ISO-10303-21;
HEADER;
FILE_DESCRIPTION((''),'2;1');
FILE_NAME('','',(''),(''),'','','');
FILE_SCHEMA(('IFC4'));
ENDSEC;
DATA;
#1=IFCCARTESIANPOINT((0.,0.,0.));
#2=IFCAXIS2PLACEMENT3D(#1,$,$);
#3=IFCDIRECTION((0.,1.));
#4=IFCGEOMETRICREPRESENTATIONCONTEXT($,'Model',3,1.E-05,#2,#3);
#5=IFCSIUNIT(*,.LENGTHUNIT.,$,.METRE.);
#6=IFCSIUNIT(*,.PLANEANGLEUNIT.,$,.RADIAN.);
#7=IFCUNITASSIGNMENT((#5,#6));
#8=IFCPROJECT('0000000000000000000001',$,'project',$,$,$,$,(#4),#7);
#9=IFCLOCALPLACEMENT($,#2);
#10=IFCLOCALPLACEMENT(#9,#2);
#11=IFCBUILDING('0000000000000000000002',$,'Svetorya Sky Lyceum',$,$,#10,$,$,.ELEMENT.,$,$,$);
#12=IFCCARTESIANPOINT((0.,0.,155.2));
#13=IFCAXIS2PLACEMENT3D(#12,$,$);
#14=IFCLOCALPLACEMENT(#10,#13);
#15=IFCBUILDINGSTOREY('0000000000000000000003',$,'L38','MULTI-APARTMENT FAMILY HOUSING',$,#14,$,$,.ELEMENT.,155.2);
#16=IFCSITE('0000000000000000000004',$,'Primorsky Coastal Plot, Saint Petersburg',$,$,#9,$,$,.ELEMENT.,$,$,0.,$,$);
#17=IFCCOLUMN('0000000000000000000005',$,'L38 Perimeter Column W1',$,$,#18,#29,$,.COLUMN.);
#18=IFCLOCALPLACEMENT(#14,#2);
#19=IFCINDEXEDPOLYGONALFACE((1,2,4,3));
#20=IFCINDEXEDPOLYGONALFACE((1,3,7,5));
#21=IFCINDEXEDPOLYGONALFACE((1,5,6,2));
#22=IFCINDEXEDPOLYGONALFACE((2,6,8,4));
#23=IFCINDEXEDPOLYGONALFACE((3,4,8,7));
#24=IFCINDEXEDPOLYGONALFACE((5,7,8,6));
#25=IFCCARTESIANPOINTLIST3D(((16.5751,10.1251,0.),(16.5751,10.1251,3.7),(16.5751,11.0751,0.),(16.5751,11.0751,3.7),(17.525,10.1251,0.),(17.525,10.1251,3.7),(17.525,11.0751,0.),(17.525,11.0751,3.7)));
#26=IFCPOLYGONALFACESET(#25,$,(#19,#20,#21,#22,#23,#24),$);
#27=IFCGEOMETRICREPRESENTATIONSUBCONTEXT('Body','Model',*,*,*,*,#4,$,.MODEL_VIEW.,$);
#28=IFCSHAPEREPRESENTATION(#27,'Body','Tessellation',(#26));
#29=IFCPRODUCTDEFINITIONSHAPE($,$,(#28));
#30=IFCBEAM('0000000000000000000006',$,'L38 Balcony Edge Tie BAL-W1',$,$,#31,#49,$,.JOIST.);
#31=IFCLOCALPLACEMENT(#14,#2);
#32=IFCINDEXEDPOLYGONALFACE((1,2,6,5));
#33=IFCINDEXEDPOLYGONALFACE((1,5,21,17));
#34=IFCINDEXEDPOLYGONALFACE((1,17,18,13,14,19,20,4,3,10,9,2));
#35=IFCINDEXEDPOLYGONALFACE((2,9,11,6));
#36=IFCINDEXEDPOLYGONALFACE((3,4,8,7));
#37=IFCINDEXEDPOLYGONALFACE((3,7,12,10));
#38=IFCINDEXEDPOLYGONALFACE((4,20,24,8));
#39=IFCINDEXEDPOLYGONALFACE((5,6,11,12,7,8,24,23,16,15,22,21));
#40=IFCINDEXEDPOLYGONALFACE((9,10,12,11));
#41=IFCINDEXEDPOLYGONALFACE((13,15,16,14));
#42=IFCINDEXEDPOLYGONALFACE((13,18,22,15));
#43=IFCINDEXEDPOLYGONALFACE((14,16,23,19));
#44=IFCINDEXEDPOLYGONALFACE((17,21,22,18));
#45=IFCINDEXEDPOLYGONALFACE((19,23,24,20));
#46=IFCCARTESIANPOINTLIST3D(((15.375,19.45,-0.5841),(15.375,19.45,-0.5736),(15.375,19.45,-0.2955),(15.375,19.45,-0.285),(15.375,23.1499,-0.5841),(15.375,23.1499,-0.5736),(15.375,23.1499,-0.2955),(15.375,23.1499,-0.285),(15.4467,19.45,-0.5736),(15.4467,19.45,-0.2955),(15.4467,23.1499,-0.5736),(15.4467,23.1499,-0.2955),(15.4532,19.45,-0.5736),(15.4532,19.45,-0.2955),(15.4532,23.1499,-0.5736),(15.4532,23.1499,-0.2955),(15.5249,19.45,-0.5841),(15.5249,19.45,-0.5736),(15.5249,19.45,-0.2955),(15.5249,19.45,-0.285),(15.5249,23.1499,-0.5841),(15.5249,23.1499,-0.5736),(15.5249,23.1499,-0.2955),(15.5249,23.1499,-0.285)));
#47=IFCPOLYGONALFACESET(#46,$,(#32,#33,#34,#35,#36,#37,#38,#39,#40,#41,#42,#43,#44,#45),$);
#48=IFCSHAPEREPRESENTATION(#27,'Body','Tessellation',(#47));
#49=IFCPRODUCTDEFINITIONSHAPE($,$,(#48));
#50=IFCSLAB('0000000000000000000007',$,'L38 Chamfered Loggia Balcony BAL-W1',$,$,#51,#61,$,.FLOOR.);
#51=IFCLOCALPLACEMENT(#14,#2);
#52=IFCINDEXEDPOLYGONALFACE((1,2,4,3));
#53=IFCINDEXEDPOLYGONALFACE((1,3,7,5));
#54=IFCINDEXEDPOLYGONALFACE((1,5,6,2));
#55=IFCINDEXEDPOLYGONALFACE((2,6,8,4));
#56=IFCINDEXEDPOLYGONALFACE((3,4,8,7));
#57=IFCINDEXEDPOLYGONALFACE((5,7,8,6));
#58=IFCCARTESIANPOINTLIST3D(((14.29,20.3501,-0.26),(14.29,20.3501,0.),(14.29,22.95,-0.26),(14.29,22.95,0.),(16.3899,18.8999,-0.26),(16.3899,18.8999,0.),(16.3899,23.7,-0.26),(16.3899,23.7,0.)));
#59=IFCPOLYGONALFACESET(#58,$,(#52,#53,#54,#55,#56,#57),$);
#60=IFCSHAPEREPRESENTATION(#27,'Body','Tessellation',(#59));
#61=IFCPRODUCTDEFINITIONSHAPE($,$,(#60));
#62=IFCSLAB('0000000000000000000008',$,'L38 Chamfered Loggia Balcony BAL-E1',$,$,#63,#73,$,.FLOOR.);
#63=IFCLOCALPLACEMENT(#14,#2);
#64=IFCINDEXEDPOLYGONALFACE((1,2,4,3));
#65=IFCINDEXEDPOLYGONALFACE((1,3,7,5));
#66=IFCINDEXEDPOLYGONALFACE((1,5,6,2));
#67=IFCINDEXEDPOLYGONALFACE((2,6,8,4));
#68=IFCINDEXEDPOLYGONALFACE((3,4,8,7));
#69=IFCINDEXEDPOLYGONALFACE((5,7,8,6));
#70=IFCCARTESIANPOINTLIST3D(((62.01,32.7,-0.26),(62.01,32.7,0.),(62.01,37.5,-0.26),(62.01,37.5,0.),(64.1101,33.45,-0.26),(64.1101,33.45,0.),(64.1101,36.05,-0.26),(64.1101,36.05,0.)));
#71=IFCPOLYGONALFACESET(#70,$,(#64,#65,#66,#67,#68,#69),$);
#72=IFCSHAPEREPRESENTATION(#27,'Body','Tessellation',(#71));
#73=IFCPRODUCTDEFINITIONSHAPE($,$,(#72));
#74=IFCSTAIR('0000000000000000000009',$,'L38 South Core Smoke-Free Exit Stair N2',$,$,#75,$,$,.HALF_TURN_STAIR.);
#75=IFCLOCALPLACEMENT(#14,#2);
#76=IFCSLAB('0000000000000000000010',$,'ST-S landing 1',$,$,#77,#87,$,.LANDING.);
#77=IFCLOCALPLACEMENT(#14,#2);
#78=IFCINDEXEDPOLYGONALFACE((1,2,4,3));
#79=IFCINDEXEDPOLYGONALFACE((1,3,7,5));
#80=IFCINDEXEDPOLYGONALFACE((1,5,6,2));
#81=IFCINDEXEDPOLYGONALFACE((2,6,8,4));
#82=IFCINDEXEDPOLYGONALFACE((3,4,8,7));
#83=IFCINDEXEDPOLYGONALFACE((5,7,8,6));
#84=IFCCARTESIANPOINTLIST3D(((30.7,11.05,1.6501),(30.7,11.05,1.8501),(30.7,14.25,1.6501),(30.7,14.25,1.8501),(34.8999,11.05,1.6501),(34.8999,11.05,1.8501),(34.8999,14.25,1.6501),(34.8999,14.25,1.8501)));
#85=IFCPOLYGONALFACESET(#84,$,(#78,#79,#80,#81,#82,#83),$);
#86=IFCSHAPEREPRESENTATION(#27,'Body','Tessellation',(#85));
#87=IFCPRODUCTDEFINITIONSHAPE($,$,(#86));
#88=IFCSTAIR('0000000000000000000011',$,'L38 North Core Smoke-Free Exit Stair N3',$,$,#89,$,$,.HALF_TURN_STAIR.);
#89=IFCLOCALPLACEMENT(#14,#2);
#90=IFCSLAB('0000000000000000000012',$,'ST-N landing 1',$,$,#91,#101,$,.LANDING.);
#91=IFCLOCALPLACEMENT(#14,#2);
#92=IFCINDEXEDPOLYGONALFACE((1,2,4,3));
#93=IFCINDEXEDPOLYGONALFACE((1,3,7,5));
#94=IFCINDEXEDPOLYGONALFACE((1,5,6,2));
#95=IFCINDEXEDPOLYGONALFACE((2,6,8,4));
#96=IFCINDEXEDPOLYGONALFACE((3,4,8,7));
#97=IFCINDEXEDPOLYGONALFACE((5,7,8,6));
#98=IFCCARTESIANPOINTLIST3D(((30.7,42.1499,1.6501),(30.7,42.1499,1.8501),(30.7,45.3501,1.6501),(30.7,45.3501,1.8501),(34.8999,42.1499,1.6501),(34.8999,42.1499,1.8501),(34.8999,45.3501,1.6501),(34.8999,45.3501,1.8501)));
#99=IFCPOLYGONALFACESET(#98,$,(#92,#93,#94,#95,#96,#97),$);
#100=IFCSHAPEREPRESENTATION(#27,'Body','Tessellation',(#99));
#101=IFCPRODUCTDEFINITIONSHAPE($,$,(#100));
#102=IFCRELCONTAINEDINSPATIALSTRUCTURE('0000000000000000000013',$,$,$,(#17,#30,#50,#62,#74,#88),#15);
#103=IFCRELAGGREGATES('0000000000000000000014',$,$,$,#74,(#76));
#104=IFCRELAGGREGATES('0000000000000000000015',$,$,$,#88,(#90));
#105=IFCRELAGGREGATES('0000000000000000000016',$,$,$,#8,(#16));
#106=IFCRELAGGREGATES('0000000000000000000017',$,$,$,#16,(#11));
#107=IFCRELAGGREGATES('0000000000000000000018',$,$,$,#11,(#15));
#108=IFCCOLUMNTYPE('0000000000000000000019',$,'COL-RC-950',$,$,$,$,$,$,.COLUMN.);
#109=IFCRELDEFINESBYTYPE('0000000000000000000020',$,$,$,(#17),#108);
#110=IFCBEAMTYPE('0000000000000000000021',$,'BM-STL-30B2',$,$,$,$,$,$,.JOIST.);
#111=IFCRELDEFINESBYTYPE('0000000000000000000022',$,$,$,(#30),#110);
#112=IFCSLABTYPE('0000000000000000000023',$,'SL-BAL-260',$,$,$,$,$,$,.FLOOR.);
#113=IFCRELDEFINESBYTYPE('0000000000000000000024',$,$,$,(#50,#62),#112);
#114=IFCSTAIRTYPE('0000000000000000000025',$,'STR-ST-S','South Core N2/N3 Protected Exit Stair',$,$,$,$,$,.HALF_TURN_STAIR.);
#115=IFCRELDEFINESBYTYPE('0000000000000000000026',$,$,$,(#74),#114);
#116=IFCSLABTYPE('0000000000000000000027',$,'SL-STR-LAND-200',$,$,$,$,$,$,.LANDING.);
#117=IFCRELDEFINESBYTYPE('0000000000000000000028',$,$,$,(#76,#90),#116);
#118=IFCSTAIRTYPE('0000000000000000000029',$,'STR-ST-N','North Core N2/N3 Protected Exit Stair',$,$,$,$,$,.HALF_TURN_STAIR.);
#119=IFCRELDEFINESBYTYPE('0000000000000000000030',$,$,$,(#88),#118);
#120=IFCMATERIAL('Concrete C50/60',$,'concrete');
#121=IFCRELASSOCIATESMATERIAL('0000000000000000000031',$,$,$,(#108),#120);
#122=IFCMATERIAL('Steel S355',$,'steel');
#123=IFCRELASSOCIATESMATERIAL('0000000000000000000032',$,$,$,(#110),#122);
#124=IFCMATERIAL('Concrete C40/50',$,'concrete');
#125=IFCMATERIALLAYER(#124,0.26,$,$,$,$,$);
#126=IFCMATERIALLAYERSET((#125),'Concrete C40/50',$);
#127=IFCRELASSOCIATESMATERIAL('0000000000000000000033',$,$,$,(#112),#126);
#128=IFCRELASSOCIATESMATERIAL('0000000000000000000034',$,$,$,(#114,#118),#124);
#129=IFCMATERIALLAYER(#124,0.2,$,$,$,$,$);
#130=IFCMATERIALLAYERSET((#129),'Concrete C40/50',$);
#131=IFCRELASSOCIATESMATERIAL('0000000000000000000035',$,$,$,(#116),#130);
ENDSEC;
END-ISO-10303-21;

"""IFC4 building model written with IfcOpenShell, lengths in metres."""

from ifc_helpers import new_model, si_unit, direction, frame, origin, origin_2d, place, context, subcontext, project, spatial, polyline, rectangle, i_section, outline, extrude, material, layer, layer_set, material_profile, profile_set, type_object, element, aggregate, save


model = new_model("IFC4")

# Units and contexts
model_context = context("Model", 3, precision=1e-05, world=origin(), true_north=direction((0.0, 1.0)))
body_context = subcontext(model_context, "Body", "Model", "MODEL_VIEW")
ifc_project = project(units=[si_unit("LENGTHUNIT", "METRE"), si_unit("PLANEANGLEUNIT", "RADIAN")], contexts=[model_context])

# Site, building, storey
site_placement = place(None, origin())
site = spatial("IfcSite", under=ifc_project, at=site_placement, Name="Primorsky Coastal Plot, Saint Petersburg", CompositionType="ELEMENT", RefElevation=0.0)
building_placement = place(site_placement, origin())
building = spatial("IfcBuilding", under=site, at=building_placement, Name="Svetorya Sky Lyceum", CompositionType="ELEMENT")
storey_placement = place(building_placement, frame((0.0, 0.0, 155.2)))
storey = spatial("IfcBuildingStorey", under=building, at=storey_placement, Name="L38", Description="MULTI-APARTMENT FAMILY HOUSING", CompositionType="ELEMENT", Elevation=155.2)

# Column
ifc_material_1 = material(Name="Concrete C50/60", Category="concrete")
ifc_material_profile_1 = material_profile(ifc_material_1, rectangle(XDim=0.95, YDim=0.95, at=origin_2d()), Name="RC COL 950x950")
ifc_profile_set_1 = profile_set([ifc_material_profile_1], Name="Concrete C50/60")
column_type = type_object("IfcColumnType", Name="COL-RC-950", PredefinedType="COLUMN", material=ifc_profile_set_1)
column_placement = place(storey_placement, frame((17.05, 10.6001, 0.0), z_axis=(0.0, 0.0, 1.0), x_axis=(1.0, 0.0, 0.0)))
element("IfcColumn", 1, at=column_placement, inside=storey, type_object=column_type, Name="L38 Perimeter Column W1", PredefinedType="COLUMN", context=body_context, shape_type="SweptSolid", body=[
    extrude(rectangle(XDim=0.95, YDim=0.95, at=origin_2d()), origin(), (0.0, 0.0, 1.0), 3.7),
])

# Beam
ifc_material_2 = material(Name="Steel S355", Category="steel")
ifc_material_profile_2 = material_profile(ifc_material_2, i_section(OverallWidth=0.1499, OverallDepth=0.2991, WebThickness=0.0066, FlangeThickness=0.0105, at=origin_2d()), Name="GOST 30B2")
ifc_profile_set_2 = profile_set([ifc_material_profile_2], Name="Steel S355")
beam_type = type_object("IfcBeamType", Name="BM-STL-30B2", PredefinedType="JOIST", material=ifc_profile_set_2)
beam_placement = place(storey_placement, frame((15.45, 19.45, -0.4346), z_axis=(0.0, 1.0, 0.0), x_axis=(-1.0, 0.0, 0.0)))
element("IfcBeam", 2, at=beam_placement, inside=storey, type_object=beam_type, Name="L38 Balcony Edge Tie BAL-W1", PredefinedType="JOIST", context=body_context, shape_type="SweptSolid", body=[
    extrude(i_section(OverallWidth=0.1499, OverallDepth=0.2991, WebThickness=0.0066, FlangeThickness=0.0105, at=origin_2d()), origin(), (0.0, 0.0, 1.0), 3.7),
])

# Slabs
ifc_material_3 = material(Name="Concrete C40/50", Category="concrete")
ifc_layer_1 = layer(ifc_material_3, 0.26)
ifc_layer_set_1 = layer_set([ifc_layer_1], Name="Concrete C40/50")
slab_type_1 = type_object("IfcSlabType", Name="SL-BAL-260", PredefinedType="FLOOR", material=ifc_layer_set_1)
slab_1_placement = place(storey_placement, frame((0.0, 0.0, -0.26)))
element("IfcSlab", 3, at=slab_1_placement, inside=storey, type_object=slab_type_1, Name="L38 Chamfered Loggia Balcony BAL-W1", PredefinedType="FLOOR", context=body_context, shape_type="SweptSolid", body=[
    extrude(outline(polyline([(16.3899, 18.8999), (16.3899, 23.7), (14.29, 22.95), (14.29, 20.3501), (16.3899, 18.8999)])), origin(), (0.0, 0.0, 1.0), 0.26),
])
slab_2_placement = place(storey_placement, frame((0.0, 0.0, -0.26)))
element("IfcSlab", 4, at=slab_2_placement, inside=storey, type_object=slab_type_1, Name="L38 Chamfered Loggia Balcony BAL-E1", PredefinedType="FLOOR", context=body_context, shape_type="SweptSolid", body=[
    extrude(outline(polyline([(62.01, 32.7), (64.1101, 33.45), (64.1101, 36.05), (62.01, 37.5), (62.01, 32.7)])), origin(), (0.0, 0.0, 1.0), 0.26),
])

# Stairs, slabs
stair_type_1 = type_object("IfcStairType", Name="STR-ST-S", Description="South Core N2/N3 Protected Exit Stair", PredefinedType="HALF_TURN_STAIR", material=ifc_material_3)
stair_1_placement = place(storey_placement, origin())
stair_1 = element("IfcStair", 5, at=stair_1_placement, inside=storey, type_object=stair_type_1, Name="L38 South Core Smoke-Free Exit Stair N2", PredefinedType="HALF_TURN_STAIR")
ifc_layer_2 = layer(ifc_material_3, 0.2)
ifc_layer_set_2 = layer_set([ifc_layer_2], Name="Concrete C40/50")
slab_type_2 = type_object("IfcSlabType", Name="SL-STR-LAND-200", PredefinedType="LANDING", material=ifc_layer_set_2)
slab_3_placement = place(storey_placement, frame((0.0, 0.0, 1.6501)))
slab_3 = element("IfcSlab", 6, at=slab_3_placement, type_object=slab_type_2, Name="ST-S landing 1", PredefinedType="LANDING", context=body_context, shape_type="SweptSolid", body=[
    extrude(outline(polyline([(30.7, 11.05), (34.8999, 11.05), (34.8999, 14.25), (30.7, 14.25), (30.7, 11.05)])), origin(), (0.0, 0.0, 1.0), 0.2),
])
aggregate(stair_1, [slab_3])
stair_type_2 = type_object("IfcStairType", Name="STR-ST-N", Description="North Core N2/N3 Protected Exit Stair", PredefinedType="HALF_TURN_STAIR", material=ifc_material_3)
stair_2_placement = place(storey_placement, origin())
stair_2 = element("IfcStair", 7, at=stair_2_placement, inside=storey, type_object=stair_type_2, Name="L38 North Core Smoke-Free Exit Stair N3", PredefinedType="HALF_TURN_STAIR")
slab_4_placement = place(storey_placement, frame((0.0, 0.0, 1.6501)))
slab_4 = element("IfcSlab", 8, at=slab_4_placement, type_object=slab_type_2, Name="ST-N landing 1", PredefinedType="LANDING", context=body_context, shape_type="SweptSolid", body=[
    extrude(outline(polyline([(30.7, 42.1499), (34.8999, 42.1499), (34.8999, 45.3501), (30.7, 45.3501), (30.7, 42.1499)])), origin(), (0.0, 0.0, 1.0), 0.2),
])
aggregate(stair_2, [slab_4])

save(model, "model.ifc")
